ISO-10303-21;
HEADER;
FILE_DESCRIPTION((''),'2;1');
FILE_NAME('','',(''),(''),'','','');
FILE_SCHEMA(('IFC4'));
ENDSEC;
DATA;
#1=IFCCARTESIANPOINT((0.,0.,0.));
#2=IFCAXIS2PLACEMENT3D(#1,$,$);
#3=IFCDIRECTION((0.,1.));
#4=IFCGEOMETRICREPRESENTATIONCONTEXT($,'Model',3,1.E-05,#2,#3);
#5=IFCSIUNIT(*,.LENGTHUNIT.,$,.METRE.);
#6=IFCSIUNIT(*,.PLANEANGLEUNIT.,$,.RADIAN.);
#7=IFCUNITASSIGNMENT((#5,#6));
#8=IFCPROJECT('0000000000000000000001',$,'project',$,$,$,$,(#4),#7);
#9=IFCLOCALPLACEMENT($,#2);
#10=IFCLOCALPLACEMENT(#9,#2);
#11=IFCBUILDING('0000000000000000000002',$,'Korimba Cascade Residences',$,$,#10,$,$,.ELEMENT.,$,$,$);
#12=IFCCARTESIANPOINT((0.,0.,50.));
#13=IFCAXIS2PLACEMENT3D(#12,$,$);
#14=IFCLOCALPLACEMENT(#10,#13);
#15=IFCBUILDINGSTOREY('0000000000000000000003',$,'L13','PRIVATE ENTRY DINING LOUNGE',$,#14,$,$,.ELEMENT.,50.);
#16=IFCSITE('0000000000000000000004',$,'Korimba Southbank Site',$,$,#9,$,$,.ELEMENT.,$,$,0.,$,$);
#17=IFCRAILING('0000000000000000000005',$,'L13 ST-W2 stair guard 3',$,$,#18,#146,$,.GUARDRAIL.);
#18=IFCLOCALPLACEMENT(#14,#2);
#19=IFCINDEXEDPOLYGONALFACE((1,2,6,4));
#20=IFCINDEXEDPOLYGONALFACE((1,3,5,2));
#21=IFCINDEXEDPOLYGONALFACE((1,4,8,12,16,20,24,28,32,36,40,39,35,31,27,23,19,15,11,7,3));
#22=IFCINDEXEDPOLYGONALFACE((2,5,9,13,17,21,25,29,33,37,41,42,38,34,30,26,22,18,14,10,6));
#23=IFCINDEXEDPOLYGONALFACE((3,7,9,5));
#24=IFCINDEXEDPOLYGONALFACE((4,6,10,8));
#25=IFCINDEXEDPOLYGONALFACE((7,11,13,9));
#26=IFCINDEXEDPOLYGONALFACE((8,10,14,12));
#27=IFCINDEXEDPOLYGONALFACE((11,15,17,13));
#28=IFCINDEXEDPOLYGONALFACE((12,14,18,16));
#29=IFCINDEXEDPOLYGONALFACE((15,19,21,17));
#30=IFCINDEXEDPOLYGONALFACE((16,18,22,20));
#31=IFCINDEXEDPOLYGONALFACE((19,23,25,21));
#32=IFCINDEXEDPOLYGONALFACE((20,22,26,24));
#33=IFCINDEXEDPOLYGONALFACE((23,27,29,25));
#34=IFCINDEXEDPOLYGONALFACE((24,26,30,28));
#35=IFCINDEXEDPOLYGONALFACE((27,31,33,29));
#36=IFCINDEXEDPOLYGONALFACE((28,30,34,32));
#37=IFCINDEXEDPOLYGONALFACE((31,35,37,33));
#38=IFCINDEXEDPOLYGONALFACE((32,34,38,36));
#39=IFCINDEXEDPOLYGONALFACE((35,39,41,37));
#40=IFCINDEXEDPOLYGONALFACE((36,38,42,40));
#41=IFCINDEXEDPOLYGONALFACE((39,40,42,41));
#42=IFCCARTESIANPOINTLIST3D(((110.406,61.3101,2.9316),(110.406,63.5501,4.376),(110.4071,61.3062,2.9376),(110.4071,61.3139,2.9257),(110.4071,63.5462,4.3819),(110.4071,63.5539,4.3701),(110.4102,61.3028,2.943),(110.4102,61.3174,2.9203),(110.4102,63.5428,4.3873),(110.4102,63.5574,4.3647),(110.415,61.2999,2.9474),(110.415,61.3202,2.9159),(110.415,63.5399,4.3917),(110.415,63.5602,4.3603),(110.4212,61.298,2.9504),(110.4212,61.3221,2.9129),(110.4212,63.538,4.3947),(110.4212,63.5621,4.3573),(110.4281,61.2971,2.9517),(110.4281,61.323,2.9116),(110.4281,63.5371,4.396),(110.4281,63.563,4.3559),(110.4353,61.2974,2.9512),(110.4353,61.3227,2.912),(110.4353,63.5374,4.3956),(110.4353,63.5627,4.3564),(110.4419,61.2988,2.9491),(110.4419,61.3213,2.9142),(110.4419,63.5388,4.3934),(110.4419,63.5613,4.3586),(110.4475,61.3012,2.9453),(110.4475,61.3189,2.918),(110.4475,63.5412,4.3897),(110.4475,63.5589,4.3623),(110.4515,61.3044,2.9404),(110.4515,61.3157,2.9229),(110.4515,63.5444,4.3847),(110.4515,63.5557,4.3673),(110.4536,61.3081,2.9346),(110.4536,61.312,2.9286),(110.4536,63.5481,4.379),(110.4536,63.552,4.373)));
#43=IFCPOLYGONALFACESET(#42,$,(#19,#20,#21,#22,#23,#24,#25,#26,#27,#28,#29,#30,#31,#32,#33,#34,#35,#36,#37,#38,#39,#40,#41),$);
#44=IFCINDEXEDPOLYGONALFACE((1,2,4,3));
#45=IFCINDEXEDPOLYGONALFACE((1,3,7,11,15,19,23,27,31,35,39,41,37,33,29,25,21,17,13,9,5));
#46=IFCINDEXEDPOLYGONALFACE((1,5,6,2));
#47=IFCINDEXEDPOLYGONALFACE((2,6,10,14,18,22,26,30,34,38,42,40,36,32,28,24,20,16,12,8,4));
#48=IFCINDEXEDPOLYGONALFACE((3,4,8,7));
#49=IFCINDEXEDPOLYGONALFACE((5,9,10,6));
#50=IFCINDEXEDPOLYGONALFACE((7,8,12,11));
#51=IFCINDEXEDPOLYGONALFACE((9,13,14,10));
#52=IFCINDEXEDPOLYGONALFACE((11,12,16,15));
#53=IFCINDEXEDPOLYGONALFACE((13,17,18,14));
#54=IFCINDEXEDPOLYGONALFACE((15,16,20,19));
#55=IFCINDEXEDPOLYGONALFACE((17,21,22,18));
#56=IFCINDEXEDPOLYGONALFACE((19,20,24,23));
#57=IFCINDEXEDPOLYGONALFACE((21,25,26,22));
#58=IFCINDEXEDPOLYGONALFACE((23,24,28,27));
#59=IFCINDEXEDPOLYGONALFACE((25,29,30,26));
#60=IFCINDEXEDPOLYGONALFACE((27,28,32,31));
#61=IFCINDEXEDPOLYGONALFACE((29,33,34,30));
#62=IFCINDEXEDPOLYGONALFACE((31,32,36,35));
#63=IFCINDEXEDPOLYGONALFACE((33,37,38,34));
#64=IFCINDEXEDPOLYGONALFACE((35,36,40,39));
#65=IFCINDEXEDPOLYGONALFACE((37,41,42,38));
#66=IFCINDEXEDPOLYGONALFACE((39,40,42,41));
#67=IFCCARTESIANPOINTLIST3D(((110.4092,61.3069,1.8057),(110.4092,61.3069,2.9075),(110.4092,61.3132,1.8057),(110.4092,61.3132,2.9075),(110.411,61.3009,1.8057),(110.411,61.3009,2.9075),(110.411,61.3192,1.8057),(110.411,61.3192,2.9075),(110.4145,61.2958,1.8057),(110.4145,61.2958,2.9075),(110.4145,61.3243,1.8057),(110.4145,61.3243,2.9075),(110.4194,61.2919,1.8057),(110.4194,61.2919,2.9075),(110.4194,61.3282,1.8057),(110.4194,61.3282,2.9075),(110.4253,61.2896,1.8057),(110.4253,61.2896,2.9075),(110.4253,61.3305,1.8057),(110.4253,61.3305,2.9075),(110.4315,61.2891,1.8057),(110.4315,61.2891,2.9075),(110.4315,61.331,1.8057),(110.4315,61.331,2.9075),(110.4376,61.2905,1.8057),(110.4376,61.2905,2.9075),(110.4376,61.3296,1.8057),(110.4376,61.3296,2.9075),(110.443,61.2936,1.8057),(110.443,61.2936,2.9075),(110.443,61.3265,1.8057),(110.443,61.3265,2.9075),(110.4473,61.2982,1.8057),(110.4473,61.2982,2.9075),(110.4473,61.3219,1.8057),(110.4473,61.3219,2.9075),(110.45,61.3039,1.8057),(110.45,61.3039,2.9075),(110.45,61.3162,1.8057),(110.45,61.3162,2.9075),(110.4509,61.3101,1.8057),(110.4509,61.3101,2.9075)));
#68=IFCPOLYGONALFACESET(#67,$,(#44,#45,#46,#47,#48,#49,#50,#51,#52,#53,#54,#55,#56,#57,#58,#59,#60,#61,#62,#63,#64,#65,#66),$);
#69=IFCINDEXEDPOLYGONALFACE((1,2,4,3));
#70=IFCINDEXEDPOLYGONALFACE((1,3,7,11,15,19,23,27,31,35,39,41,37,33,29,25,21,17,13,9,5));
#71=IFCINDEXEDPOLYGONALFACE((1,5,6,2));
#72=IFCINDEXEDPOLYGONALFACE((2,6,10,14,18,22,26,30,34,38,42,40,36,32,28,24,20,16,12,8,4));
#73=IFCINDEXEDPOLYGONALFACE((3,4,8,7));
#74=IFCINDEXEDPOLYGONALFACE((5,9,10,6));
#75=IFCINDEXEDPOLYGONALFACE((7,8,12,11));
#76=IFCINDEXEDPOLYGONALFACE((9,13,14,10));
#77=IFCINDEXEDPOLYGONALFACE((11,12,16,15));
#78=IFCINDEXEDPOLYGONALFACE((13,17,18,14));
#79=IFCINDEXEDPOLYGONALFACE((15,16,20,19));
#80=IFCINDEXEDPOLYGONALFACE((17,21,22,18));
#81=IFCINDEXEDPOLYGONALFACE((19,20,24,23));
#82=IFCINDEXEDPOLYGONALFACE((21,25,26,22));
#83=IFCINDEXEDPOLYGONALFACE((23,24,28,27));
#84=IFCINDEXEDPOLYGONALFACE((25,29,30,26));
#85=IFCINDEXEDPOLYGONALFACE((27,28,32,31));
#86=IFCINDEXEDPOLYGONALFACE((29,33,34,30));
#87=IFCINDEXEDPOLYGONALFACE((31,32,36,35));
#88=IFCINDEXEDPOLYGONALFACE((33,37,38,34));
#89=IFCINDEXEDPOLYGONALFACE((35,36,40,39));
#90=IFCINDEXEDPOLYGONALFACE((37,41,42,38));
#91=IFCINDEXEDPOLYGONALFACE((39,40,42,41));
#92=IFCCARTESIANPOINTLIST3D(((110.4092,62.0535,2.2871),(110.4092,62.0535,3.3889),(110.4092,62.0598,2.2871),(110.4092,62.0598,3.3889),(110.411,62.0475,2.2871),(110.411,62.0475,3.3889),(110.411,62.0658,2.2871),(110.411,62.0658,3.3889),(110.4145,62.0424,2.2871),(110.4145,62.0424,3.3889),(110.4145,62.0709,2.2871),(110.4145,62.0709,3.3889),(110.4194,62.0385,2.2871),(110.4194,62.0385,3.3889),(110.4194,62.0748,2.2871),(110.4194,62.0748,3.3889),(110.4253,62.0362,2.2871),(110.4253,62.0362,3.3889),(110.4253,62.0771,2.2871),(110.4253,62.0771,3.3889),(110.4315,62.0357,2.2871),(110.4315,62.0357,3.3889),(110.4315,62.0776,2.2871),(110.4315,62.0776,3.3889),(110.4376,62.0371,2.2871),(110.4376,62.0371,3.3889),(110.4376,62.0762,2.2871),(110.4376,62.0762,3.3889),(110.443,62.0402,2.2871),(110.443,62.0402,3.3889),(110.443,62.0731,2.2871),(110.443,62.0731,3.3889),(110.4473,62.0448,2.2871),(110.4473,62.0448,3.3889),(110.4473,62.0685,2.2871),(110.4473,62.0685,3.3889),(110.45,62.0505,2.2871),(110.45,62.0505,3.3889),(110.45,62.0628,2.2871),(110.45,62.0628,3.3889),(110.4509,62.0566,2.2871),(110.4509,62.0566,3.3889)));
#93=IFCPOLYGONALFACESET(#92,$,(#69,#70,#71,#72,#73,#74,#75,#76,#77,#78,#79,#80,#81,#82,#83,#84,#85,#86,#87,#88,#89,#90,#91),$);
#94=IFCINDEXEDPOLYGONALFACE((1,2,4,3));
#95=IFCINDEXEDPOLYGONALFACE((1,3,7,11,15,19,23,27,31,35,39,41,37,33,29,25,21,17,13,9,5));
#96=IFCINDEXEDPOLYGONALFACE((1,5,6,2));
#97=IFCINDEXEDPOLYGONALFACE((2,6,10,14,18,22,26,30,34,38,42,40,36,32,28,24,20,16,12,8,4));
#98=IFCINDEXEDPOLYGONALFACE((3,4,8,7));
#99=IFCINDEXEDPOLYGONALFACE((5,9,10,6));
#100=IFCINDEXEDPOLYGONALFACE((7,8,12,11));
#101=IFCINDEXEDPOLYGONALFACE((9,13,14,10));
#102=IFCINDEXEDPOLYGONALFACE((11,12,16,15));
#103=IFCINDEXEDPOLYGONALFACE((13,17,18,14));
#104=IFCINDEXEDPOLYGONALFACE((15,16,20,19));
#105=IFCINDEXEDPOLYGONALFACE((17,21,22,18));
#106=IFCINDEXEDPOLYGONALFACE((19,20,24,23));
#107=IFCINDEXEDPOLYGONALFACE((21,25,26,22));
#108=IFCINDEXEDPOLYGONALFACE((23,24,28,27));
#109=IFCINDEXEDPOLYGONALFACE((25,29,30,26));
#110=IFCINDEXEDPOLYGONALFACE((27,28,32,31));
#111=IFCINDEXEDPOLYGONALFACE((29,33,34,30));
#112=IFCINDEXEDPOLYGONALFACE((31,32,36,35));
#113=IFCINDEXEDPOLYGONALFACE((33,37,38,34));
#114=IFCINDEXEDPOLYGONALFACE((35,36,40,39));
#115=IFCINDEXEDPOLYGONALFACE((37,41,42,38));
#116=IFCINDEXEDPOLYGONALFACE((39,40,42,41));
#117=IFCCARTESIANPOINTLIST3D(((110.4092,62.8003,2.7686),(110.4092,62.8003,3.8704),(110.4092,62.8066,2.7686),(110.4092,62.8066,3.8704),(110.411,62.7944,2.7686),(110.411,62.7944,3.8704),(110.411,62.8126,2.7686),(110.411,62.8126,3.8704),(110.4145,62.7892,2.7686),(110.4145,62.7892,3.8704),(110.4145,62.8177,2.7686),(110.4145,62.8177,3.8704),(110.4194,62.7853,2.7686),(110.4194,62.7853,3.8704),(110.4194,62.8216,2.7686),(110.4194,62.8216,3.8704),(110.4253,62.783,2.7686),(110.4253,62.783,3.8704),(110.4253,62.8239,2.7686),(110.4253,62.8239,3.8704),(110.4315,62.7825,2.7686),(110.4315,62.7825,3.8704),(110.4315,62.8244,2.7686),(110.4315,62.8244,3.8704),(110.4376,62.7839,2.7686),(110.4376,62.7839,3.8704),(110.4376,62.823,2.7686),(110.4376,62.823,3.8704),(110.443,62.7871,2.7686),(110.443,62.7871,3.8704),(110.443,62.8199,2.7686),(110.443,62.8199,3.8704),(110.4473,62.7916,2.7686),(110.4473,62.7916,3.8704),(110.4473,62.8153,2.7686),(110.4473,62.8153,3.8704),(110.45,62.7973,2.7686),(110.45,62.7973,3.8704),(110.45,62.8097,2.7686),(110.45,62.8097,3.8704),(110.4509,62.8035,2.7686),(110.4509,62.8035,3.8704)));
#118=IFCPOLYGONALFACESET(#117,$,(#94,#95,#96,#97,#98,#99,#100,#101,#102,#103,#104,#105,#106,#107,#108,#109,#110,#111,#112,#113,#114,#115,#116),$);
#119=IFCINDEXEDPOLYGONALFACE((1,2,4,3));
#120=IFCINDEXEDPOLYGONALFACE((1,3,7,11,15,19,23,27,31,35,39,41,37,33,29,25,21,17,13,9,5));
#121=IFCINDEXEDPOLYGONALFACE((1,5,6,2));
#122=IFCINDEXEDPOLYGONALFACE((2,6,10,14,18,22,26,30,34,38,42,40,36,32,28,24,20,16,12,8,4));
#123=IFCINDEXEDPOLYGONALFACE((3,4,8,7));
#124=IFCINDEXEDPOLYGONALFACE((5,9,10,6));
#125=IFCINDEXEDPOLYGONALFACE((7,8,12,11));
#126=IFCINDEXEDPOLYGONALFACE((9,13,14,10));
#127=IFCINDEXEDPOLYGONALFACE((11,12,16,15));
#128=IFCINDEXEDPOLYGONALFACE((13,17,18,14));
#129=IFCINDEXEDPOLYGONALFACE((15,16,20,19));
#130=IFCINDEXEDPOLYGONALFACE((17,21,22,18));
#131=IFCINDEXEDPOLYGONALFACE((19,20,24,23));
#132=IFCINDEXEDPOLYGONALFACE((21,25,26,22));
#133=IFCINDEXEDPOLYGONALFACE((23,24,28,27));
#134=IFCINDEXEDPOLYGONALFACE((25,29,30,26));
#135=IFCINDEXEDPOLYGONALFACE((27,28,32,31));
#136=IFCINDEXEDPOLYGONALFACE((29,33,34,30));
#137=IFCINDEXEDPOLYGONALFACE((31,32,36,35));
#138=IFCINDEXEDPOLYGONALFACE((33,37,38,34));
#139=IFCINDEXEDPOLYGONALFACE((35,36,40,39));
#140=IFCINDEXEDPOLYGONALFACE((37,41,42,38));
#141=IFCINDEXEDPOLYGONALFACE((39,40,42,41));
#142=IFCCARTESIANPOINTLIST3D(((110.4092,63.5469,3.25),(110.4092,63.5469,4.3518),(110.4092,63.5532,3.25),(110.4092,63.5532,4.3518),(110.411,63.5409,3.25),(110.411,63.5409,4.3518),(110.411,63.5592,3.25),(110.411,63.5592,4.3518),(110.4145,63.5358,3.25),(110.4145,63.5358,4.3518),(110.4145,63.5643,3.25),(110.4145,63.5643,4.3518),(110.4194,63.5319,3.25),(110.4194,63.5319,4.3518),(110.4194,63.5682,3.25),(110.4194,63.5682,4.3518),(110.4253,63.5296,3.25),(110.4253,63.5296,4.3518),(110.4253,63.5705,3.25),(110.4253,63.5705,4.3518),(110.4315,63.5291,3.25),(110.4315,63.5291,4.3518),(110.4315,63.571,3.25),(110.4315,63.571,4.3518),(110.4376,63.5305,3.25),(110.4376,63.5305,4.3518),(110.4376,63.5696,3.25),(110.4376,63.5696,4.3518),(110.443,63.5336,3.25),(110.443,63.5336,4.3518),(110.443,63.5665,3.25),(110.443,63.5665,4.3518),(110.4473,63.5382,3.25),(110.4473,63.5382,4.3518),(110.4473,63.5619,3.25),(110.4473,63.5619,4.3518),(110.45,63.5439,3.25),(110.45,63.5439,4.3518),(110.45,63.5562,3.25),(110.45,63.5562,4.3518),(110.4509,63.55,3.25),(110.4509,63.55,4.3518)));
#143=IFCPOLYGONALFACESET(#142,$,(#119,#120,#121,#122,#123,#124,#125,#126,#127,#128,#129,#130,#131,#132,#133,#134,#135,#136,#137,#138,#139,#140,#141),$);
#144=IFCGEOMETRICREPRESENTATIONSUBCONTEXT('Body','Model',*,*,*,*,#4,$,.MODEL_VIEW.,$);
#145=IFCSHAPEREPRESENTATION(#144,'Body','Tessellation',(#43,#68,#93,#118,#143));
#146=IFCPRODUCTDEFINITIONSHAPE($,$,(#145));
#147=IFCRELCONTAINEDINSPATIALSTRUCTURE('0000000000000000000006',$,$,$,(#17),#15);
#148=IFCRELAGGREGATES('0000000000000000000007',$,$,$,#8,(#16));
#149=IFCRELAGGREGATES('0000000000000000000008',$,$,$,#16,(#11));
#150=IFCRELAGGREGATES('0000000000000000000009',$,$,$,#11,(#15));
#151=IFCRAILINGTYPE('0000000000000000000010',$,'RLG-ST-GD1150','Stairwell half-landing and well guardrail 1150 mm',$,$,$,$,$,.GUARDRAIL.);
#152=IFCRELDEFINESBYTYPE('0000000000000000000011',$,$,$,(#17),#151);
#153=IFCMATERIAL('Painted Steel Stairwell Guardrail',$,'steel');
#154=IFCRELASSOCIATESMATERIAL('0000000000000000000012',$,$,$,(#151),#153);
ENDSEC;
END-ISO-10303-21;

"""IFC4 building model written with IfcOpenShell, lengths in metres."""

from ifc_helpers import new_model, si_unit, direction, frame, origin, origin_2d, place, context, subcontext, project, spatial, circle, extrude, material, type_object, element, save


model = new_model("IFC4")

# Units and contexts
model_context = context("Model", 3, precision=1e-05, world=origin(), true_north=direction((0.0, 1.0)))
body_context = subcontext(model_context, "Body", "Model", "MODEL_VIEW")
ifc_project = project(units=[si_unit("LENGTHUNIT", "METRE"), si_unit("PLANEANGLEUNIT", "RADIAN")], contexts=[model_context])

# Site, building, storey
site_placement = place(None, origin())
site = spatial("IfcSite", under=ifc_project, at=site_placement, Name="Korimba Southbank Site", CompositionType="ELEMENT", RefElevation=0.0)
building_placement = place(site_placement, origin())
building = spatial("IfcBuilding", under=site, at=building_placement, Name="Korimba Cascade Residences", CompositionType="ELEMENT")
storey_placement = place(building_placement, frame((0.0, 0.0, 50.0)))
storey = spatial("IfcBuildingStorey", under=building, at=storey_placement, Name="L13", Description="PRIVATE ENTRY DINING LOUNGE", CompositionType="ELEMENT", Elevation=50.0)

# Railing
ifc_material_1 = material(Name="Painted Steel Stairwell Guardrail", Category="steel")
railing_type_1 = type_object("IfcRailingType", Name="RLG-ST-GD1150", Description="Stairwell half-landing and well guardrail 1150 mm", PredefinedType="GUARDRAIL", material=ifc_material_1)
railing_1_placement = place(storey_placement, frame((110.4299, 61.3101, 1.8057)))
element("IfcRailing", 1, at=railing_1_placement, inside=storey, type_object=railing_type_1, Name="L13 ST-W2 stair guard 3", PredefinedType="GUARDRAIL", context=body_context, shape_type="SweptSolid", body=[
    extrude(circle(Radius=0.0239, at=origin_2d()), frame((0.0, 0.0, 1.126), z_axis=(0.0, 0.840437, 0.54191), x_axis=(-1.0, 0.0, 0.0)), (0.0, 0.0, 1.0), 2.6653),
    extrude(circle(Radius=0.021, at=origin_2d()), origin(), (0.0, 0.0, 1.0), 1.1018),
    extrude(circle(Radius=0.021, at=origin_2d()), frame((0.0, 0.7466, 0.4814)), (0.0, 0.0, 1.0), 1.1018),
    extrude(circle(Radius=0.021, at=origin_2d()), frame((0.0, 1.4934, 0.9629)), (0.0, 0.0, 1.0), 1.1018),
    extrude(circle(Radius=0.021, at=origin_2d()), frame((0.0, 2.24, 1.4443)), (0.0, 0.0, 1.0), 1.1018),
])

save(model, "model.ifc")
